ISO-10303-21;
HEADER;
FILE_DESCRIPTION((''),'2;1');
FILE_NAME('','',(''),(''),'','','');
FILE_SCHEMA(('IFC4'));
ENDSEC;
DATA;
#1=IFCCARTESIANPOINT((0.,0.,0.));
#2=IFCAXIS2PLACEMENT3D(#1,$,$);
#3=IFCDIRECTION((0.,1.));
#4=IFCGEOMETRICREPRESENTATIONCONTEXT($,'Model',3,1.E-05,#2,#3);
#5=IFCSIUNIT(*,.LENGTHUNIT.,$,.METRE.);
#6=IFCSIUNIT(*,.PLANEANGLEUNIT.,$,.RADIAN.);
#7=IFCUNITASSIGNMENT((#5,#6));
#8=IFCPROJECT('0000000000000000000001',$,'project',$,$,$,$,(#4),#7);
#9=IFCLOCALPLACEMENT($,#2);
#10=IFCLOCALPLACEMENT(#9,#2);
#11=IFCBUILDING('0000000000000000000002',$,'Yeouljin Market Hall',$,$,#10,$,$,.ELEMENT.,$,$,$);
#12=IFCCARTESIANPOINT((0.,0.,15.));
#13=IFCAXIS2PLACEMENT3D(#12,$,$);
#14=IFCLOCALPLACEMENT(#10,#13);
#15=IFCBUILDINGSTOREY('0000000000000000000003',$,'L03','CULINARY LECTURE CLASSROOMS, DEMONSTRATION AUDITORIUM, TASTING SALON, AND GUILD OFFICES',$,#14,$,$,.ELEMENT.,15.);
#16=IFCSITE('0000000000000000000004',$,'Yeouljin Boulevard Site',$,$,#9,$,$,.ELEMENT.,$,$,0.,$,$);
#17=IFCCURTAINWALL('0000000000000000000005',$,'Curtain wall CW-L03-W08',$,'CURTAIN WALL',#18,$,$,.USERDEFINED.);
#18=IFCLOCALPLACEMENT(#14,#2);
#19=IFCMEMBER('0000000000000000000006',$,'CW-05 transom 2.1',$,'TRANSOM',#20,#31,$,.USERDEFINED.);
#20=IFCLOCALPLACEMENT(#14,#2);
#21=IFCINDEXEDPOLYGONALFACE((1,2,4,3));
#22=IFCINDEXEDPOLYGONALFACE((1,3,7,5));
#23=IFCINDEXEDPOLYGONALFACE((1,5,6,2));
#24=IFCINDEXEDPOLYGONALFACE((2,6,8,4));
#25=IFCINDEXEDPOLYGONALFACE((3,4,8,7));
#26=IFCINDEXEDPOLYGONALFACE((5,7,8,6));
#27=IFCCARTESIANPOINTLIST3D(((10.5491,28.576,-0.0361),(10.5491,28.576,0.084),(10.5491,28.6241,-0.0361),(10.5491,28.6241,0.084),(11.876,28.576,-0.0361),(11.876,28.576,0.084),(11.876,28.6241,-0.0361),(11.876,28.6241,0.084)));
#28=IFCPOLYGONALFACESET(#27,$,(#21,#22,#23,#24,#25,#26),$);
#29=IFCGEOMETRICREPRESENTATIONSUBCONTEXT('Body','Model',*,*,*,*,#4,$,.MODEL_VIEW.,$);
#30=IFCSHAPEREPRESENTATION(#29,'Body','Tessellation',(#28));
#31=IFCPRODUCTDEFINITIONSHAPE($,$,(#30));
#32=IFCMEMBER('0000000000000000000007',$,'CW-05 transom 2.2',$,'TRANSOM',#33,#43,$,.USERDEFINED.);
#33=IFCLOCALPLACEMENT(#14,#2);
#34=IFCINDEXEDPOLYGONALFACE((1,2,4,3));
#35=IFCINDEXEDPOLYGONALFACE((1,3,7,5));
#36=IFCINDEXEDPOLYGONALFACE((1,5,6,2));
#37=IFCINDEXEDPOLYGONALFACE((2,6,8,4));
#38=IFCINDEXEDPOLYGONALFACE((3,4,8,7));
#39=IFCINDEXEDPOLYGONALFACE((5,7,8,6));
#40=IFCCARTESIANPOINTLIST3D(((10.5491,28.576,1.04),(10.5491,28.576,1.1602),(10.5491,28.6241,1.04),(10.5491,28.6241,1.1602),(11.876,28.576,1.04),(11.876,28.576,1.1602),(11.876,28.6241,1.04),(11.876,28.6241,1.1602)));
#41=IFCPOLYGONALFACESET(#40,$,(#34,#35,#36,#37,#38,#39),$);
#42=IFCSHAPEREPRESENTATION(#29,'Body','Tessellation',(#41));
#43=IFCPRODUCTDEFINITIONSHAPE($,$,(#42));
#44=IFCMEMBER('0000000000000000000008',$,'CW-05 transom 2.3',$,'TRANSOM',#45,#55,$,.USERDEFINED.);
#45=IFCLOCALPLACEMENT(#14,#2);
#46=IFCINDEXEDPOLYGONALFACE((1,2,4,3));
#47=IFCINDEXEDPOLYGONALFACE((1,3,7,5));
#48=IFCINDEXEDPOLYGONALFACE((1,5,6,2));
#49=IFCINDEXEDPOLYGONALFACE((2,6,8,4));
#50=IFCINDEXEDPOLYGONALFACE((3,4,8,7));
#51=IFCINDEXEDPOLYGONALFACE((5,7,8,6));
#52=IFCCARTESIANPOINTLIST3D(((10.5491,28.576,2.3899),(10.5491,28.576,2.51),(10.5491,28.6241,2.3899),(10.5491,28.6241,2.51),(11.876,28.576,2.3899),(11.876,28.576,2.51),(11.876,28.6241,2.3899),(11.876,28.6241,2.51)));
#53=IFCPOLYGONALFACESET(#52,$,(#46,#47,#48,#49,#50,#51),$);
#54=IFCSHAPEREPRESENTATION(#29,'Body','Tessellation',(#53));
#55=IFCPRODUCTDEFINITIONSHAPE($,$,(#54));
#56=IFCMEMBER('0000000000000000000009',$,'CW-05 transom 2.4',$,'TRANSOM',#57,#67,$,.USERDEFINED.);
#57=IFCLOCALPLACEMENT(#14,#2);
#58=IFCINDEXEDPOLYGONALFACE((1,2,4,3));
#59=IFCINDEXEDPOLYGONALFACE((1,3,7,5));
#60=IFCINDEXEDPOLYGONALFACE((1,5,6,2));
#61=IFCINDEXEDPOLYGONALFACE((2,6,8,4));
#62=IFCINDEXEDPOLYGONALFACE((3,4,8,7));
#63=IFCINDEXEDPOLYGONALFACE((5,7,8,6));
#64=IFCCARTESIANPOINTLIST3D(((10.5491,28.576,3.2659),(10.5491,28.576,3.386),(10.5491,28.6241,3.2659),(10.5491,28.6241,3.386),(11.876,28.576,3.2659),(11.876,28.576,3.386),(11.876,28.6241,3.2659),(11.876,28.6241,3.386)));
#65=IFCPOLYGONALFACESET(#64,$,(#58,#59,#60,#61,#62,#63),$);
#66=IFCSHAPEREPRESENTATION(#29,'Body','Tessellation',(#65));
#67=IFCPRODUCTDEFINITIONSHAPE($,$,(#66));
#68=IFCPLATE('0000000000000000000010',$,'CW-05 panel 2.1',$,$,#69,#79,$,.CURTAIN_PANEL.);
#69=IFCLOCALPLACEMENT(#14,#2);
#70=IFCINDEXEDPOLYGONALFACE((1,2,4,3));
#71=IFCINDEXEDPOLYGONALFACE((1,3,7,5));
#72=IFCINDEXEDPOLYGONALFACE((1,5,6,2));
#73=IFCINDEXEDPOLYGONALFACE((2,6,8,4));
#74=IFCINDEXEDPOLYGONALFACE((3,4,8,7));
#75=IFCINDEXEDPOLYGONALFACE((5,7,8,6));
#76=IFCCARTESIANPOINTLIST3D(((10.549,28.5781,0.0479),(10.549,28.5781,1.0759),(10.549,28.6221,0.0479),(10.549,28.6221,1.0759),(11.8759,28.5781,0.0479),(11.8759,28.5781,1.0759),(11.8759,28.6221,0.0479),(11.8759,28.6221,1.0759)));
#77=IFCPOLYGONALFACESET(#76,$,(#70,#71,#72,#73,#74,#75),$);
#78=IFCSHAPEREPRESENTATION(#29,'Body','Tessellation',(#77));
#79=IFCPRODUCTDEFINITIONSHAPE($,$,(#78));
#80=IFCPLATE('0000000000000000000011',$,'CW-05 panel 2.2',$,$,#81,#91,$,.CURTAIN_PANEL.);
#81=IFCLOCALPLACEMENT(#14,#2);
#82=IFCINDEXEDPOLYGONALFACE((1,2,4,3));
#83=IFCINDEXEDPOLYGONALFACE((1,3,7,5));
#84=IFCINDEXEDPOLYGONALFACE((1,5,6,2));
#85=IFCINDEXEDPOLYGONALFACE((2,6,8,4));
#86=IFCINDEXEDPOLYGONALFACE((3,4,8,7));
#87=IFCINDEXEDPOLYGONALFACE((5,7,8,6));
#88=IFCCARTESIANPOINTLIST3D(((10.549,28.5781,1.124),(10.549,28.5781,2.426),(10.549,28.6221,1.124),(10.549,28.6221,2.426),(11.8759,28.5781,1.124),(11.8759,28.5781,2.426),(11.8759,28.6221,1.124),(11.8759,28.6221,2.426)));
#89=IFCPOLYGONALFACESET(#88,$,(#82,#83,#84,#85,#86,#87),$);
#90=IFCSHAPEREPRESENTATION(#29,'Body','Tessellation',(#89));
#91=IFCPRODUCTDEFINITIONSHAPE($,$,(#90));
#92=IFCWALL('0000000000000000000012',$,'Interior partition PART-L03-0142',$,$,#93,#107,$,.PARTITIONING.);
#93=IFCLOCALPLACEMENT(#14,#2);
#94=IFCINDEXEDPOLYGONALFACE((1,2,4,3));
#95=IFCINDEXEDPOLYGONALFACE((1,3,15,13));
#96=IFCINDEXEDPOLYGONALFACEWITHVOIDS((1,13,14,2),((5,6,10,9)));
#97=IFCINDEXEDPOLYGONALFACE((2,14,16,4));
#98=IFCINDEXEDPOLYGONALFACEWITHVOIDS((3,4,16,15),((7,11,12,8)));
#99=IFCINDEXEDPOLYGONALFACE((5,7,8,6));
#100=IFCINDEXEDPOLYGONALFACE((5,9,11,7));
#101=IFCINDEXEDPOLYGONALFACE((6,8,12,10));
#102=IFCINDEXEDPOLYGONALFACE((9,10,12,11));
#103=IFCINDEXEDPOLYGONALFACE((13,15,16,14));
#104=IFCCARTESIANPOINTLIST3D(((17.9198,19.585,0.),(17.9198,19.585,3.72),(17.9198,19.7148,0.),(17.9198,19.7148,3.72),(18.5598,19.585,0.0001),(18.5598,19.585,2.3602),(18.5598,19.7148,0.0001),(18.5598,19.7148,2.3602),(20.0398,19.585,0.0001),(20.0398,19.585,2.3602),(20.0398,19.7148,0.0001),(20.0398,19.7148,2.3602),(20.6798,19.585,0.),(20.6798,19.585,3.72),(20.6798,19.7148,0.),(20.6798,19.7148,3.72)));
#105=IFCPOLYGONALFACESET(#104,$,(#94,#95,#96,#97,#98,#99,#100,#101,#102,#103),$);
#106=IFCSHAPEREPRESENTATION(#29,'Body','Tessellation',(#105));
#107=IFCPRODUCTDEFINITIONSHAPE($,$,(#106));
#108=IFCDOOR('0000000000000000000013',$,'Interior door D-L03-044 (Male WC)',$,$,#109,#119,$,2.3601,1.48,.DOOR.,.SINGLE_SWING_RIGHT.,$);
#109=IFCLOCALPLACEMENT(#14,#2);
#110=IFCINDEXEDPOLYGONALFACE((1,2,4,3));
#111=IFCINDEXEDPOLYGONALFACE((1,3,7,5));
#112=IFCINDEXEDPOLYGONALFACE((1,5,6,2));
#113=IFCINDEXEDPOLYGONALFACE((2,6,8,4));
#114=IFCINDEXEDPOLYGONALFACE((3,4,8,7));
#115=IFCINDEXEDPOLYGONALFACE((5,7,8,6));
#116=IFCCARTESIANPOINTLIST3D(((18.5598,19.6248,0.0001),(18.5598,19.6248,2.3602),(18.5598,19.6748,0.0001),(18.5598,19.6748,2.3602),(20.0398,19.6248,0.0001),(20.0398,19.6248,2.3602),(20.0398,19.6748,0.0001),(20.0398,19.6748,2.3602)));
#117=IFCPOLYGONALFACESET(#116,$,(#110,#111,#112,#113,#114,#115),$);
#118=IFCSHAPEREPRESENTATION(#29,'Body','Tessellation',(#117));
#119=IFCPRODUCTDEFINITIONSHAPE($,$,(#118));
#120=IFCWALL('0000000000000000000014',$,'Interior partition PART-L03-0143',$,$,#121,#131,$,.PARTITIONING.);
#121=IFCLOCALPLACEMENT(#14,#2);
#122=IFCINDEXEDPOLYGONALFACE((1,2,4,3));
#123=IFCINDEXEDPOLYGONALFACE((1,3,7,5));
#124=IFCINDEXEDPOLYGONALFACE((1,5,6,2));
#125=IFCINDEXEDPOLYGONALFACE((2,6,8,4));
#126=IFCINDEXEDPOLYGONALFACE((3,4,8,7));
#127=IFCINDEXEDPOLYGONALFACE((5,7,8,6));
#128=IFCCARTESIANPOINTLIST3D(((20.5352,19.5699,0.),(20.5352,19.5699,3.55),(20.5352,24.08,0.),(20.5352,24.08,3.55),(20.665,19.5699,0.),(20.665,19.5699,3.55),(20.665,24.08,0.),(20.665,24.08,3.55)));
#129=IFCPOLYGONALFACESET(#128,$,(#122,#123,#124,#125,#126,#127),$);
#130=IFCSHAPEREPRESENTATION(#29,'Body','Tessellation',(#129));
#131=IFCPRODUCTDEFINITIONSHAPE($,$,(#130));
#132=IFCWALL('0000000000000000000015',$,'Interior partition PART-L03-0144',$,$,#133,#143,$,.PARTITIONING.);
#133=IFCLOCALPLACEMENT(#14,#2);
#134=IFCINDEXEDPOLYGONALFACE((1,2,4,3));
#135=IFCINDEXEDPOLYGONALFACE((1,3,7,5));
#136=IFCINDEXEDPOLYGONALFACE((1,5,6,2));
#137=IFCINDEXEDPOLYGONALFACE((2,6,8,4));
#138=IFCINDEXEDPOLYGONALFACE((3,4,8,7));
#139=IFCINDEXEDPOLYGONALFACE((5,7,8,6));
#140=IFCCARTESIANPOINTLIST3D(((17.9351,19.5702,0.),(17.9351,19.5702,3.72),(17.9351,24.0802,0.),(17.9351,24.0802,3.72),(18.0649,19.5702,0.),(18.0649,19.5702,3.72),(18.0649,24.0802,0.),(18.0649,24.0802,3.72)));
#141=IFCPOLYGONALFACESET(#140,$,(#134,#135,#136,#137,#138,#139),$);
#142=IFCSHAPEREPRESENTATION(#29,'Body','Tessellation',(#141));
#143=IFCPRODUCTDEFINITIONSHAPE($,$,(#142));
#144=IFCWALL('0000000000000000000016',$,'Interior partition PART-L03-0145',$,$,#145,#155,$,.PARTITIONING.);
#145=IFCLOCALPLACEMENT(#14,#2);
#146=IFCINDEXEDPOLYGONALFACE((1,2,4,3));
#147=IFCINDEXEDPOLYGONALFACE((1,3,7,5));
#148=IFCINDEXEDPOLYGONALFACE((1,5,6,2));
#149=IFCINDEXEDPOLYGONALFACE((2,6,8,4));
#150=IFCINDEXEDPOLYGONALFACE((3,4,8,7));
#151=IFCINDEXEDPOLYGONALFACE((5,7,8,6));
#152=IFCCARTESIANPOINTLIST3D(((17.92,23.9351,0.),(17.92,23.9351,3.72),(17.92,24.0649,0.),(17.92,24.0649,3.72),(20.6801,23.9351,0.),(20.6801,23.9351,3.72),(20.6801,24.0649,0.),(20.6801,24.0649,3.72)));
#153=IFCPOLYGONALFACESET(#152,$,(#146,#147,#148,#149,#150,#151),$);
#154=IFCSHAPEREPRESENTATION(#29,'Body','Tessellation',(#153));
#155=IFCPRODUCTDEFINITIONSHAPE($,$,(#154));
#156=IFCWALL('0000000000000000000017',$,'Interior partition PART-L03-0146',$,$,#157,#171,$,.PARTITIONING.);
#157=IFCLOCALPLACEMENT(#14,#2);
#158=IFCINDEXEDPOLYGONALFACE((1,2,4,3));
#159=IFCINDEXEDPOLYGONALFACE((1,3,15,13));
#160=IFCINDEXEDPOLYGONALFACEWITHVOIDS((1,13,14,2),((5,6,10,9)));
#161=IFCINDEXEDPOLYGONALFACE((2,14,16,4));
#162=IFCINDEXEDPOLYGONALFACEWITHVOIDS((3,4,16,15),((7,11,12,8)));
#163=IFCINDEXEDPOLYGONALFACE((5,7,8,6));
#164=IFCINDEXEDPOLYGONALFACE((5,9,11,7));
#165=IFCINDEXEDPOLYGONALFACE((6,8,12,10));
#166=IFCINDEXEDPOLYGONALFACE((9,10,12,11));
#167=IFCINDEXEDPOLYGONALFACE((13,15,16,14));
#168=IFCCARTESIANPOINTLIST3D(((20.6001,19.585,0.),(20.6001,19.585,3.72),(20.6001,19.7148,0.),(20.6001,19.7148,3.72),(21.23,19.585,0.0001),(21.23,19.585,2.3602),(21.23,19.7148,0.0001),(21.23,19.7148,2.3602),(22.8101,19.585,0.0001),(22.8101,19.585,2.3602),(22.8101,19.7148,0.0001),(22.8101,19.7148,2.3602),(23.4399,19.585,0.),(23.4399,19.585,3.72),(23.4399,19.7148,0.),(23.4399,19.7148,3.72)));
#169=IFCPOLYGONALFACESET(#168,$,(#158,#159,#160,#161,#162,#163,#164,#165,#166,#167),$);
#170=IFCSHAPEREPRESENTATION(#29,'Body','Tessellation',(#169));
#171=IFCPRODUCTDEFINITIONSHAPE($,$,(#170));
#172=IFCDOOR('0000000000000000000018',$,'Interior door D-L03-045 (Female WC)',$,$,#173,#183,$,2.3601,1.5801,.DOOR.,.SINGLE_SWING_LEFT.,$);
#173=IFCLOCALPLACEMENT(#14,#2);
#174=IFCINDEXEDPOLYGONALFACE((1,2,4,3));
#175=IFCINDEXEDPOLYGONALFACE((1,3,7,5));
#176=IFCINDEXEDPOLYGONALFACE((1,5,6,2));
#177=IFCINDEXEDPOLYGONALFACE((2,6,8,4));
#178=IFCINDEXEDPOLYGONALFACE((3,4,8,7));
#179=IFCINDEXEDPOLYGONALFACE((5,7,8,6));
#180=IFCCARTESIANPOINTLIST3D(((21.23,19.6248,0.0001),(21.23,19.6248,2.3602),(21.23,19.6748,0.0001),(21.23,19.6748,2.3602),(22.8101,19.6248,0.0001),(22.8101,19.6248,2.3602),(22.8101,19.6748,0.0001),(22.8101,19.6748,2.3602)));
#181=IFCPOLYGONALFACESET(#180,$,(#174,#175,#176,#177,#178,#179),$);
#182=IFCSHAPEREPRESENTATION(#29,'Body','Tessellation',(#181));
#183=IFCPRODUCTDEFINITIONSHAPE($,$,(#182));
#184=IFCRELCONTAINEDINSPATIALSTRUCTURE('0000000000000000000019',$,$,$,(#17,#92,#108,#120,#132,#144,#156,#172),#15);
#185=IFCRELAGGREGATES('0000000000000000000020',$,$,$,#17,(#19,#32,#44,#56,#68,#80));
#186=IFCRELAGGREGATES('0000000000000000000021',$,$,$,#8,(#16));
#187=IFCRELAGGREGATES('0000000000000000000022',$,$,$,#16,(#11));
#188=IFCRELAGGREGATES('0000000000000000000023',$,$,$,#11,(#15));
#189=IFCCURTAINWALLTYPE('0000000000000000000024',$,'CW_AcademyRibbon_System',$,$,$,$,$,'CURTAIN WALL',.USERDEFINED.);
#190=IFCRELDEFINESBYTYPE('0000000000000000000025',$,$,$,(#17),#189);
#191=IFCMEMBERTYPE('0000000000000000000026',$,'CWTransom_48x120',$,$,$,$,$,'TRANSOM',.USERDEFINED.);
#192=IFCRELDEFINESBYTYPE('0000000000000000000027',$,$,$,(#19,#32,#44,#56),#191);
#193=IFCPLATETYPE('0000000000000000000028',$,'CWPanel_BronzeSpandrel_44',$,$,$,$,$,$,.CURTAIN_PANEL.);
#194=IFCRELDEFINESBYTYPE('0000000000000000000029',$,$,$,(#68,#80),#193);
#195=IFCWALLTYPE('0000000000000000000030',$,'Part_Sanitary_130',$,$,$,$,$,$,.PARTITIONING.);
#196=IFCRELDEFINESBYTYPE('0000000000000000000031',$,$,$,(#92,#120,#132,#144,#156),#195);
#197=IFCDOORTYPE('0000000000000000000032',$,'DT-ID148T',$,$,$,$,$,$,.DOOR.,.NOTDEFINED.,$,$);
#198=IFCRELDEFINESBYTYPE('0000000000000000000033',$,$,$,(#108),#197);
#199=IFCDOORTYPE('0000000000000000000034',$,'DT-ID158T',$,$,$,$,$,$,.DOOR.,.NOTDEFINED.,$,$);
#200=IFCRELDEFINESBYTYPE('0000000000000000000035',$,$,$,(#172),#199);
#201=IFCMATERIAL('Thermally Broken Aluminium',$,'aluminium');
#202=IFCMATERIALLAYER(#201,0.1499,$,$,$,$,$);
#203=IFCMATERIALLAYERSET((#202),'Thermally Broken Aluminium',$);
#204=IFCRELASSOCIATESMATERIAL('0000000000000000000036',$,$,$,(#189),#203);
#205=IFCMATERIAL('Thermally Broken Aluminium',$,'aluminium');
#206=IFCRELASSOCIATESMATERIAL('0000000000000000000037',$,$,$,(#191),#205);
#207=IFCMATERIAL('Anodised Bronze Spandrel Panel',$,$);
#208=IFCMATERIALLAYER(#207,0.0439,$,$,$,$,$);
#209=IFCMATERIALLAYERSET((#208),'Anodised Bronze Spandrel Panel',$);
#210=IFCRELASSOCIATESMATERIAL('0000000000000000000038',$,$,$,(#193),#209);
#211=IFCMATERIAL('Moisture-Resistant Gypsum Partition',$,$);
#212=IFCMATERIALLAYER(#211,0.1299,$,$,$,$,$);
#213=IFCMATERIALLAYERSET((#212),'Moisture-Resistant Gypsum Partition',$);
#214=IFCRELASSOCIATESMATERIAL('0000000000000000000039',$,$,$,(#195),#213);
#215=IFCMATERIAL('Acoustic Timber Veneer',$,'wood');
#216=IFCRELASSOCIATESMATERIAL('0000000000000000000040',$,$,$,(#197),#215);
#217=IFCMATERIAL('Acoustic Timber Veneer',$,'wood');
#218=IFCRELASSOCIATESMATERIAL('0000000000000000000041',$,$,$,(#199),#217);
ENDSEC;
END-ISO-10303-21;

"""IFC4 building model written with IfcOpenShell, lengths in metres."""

from ifc_helpers import new_model, si_unit, direction, frame, frame_2d, origin, origin_2d, place, context, subcontext, project, spatial, rectangle, extrude, material, layer, layer_set, material_profile, profile_set, type_object, element, fill, aggregate, save


model = new_model("IFC4")

# Units and contexts
model_context = context("Model", 3, precision=1e-05, world=origin(), true_north=direction((0.0, 1.0)))
body_context = subcontext(model_context, "Body", "Model", "MODEL_VIEW")
ifc_project = project(units=[si_unit("LENGTHUNIT", "METRE"), si_unit("PLANEANGLEUNIT", "RADIAN")], contexts=[model_context])

# Site, building, storey
site_placement = place(None, origin())
site = spatial("IfcSite", under=ifc_project, at=site_placement, Name="Yeouljin Boulevard Site", CompositionType="ELEMENT", RefElevation=0.0)
building_placement = place(site_placement, origin())
building = spatial("IfcBuilding", under=site, at=building_placement, Name="Yeouljin Market Hall", CompositionType="ELEMENT")
storey_placement = place(building_placement, frame((0.0, 0.0, 15.0)))
storey = spatial("IfcBuildingStorey", under=building, at=storey_placement, Name="L03", Description="CULINARY LECTURE CLASSROOMS, DEMONSTRATION AUDITORIUM, TASTING SALON, AND GUILD OFFICES", CompositionType="ELEMENT", Elevation=15.0)

# Curtain wall, members, plates
ifc_material_1 = material(Name="Thermally Broken Aluminium", Category="aluminium")
ifc_layer_1 = layer(ifc_material_1, 0.1499)
ifc_layer_set_1 = layer_set([ifc_layer_1], Name="Thermally Broken Aluminium")
curtain_wall_type = type_object("IfcCurtainWallType", Name="CW_AcademyRibbon_System", ElementType="CURTAIN WALL", PredefinedType="USERDEFINED", material=ifc_layer_set_1)
curtain_wall_placement = place(storey_placement, origin())
curtain_wall = element("IfcCurtainWall", 1, at=curtain_wall_placement, inside=storey, type_object=curtain_wall_type, Name="Curtain wall CW-L03-W08", ObjectType="CURTAIN WALL", PredefinedType="USERDEFINED")
ifc_material_2 = material(Name="Thermally Broken Aluminium", Category="aluminium")
ifc_material_profile = material_profile(ifc_material_2, rectangle(XDim=0.0481, YDim=0.1201, at=origin_2d()), Name="CW-TRAN-48x120")
ifc_profile_set = profile_set([ifc_material_profile], Name="Thermally Broken Aluminium")
member_type = type_object("IfcMemberType", Name="CWTransom_48x120", ElementType="TRANSOM", PredefinedType="USERDEFINED", material=ifc_profile_set)
member_1_placement = place(storey_placement, frame((10.5491, 28.6001, 0.0239), z_axis=(1.0, 0.0, 0.0), x_axis=(0.0, 1.0, 0.0)))
member_1 = element("IfcMember", 2, at=member_1_placement, type_object=member_type, Name="CW-05 transom 2.1", ObjectType="TRANSOM", PredefinedType="USERDEFINED", context=body_context, shape_type="SweptSolid", body=[
    extrude(rectangle(XDim=0.0481, YDim=0.1201, at=origin_2d()), origin(), (0.0, 0.0, 1.0), 1.3269),
])
member_2_placement = place(storey_placement, frame((10.5491, 28.6001, 1.1001), z_axis=(1.0, 0.0, 0.0), x_axis=(0.0, 1.0, 0.0)))
member_2 = element("IfcMember", 3, at=member_2_placement, type_object=member_type, Name="CW-05 transom 2.2", ObjectType="TRANSOM", PredefinedType="USERDEFINED", context=body_context, shape_type="SweptSolid", body=[
    extrude(rectangle(XDim=0.0481, YDim=0.1201, at=origin_2d()), origin(), (0.0, 0.0, 1.0), 1.3269),
])
member_3_placement = place(storey_placement, frame((10.5491, 28.6001, 2.45), z_axis=(1.0, 0.0, 0.0), x_axis=(0.0, 1.0, 0.0)))
member_3 = element("IfcMember", 4, at=member_3_placement, type_object=member_type, Name="CW-05 transom 2.3", ObjectType="TRANSOM", PredefinedType="USERDEFINED", context=body_context, shape_type="SweptSolid", body=[
    extrude(rectangle(XDim=0.0481, YDim=0.1201, at=origin_2d()), origin(), (0.0, 0.0, 1.0), 1.3269),
])
member_4_placement = place(storey_placement, frame((10.5491, 28.6001, 3.3259), z_axis=(1.0, 0.0, 0.0), x_axis=(0.0, 1.0, 0.0)))
member_4 = element("IfcMember", 5, at=member_4_placement, type_object=member_type, Name="CW-05 transom 2.4", ObjectType="TRANSOM", PredefinedType="USERDEFINED", context=body_context, shape_type="SweptSolid", body=[
    extrude(rectangle(XDim=0.0481, YDim=0.1201, at=origin_2d()), origin(), (0.0, 0.0, 1.0), 1.3269),
])
ifc_material_3 = material(Name="Anodised Bronze Spandrel Panel")
ifc_layer_2 = layer(ifc_material_3, 0.0439)
ifc_layer_set_2 = layer_set([ifc_layer_2], Name="Anodised Bronze Spandrel Panel")
plate_type = type_object("IfcPlateType", Name="CWPanel_BronzeSpandrel_44", PredefinedType="CURTAIN_PANEL", material=ifc_layer_set_2)
plate_1_placement = place(storey_placement, frame((11.2124, 28.6001, 0.0479), z_axis=(0.0, 0.0, 1.0), x_axis=(1.0, 0.0, 0.0)))
plate_1 = element("IfcPlate", 6, at=plate_1_placement, type_object=plate_type, Name="CW-05 panel 2.1", PredefinedType="CURTAIN_PANEL", context=body_context, shape_type="SweptSolid", body=[
    extrude(rectangle(XDim=1.3269, YDim=0.0439, at=origin_2d()), origin(), (0.0, 0.0, 1.0), 1.0281),
])
plate_2_placement = place(storey_placement, frame((11.2124, 28.6001, 1.124), z_axis=(0.0, 0.0, 1.0), x_axis=(1.0, 0.0, 0.0)))
plate_2 = element("IfcPlate", 7, at=plate_2_placement, type_object=plate_type, Name="CW-05 panel 2.2", PredefinedType="CURTAIN_PANEL", context=body_context, shape_type="SweptSolid", body=[
    extrude(rectangle(XDim=1.3269, YDim=0.0439, at=origin_2d()), origin(), (0.0, 0.0, 1.0), 1.302),
])
aggregate(curtain_wall, [member_1, member_2, member_3, member_4, plate_1, plate_2])

# Wall, opening, door
ifc_material_4 = material(Name="Moisture-Resistant Gypsum Partition")
ifc_layer_3 = layer(ifc_material_4, 0.1299)
ifc_layer_set_3 = layer_set([ifc_layer_3], Name="Moisture-Resistant Gypsum Partition")
wall_type_1 = type_object("IfcWallType", Name="Part_Sanitary_130", PredefinedType="PARTITIONING", material=ifc_layer_set_3)
wall_1_placement = place(storey_placement, frame((17.9199, 19.6499, 0.0), z_axis=(0.0, 0.0, 1.0), x_axis=(1.0, 0.0, 0.0)))
wall_1 = element("IfcWall", 8, at=wall_1_placement, inside=storey, type_object=wall_type_1, Name="Interior partition PART-L03-0142", PredefinedType="PARTITIONING", context=body_context, shape_type="SweptSolid", body=[
    extrude(rectangle(XDim=2.76, YDim=0.1299, at=frame_2d((1.3799, 0.0))), origin(), (0.0, 0.0, 1.0), 3.72),
])
opening_1_placement = place(wall_1_placement, frame((0.6399, 0.0, 0.0)))
opening_1 = element("IfcOpeningElement", 9, at=opening_1_placement, cuts=wall_1, PredefinedType="OPENING", context=body_context, shape_type="SweptSolid", body=[
    extrude(rectangle(XDim=1.48, YDim=2.3601, at=frame_2d((0.74, 1.1802))), frame((0.0, 0.075, 0.0), z_axis=(0.0, -1.0, 0.0), x_axis=(1.0, 0.0, 0.0)), (0.0, 0.0, 1.0), 0.1499),
])
ifc_material_5 = material(Name="Acoustic Timber Veneer", Category="wood")
door_type_1 = type_object("IfcDoorType", Name="DT-ID148T", OperationType="NOTDEFINED", PredefinedType="DOOR", material=ifc_material_5)
door_1_placement = place(opening_1_placement, origin())
door_1 = element("IfcDoor", 10, at=door_1_placement, inside=storey, type_object=door_type_1, Name="Interior door D-L03-044 (Male WC)", OperationType="SINGLE_SWING_RIGHT", OverallHeight=2.3601, OverallWidth=1.48, PredefinedType="DOOR", context=body_context, shape_type="SweptSolid", body=[
    extrude(rectangle(XDim=1.48, YDim=2.3601, at=frame_2d((0.74, 1.1802))), frame((0.0, 0.0249, 0.0), z_axis=(0.0, -1.0, 0.0), x_axis=(1.0, 0.0, 0.0)), (0.0, 0.0, 1.0), 0.05),
])
fill(opening_1, door_1)

# Walls
wall_2_placement = place(storey_placement, frame((20.6001, 19.5701, 0.0), z_axis=(0.0, 0.0, 1.0), x_axis=(0.0, 1.0, 0.0)))
element("IfcWall", 11, at=wall_2_placement, inside=storey, type_object=wall_type_1, Name="Interior partition PART-L03-0143", PredefinedType="PARTITIONING", context=body_context, shape_type="SweptSolid", body=[
    extrude(rectangle(XDim=4.51, YDim=0.1299, at=frame_2d((2.2549, 0.0))), origin(), (0.0, 0.0, 1.0), 3.55),
])
wall_3_placement = place(storey_placement, frame((18.0, 24.0801, 0.0), z_axis=(0.0, 0.0, 1.0), x_axis=(0.0, -1.0, 0.0)))
element("IfcWall", 12, at=wall_3_placement, inside=storey, type_object=wall_type_1, Name="Interior partition PART-L03-0144", PredefinedType="PARTITIONING", context=body_context, shape_type="SweptSolid", body=[
    extrude(rectangle(XDim=4.51, YDim=0.1299, at=frame_2d((2.2549, 0.0))), origin(), (0.0, 0.0, 1.0), 3.72),
])
wall_4_placement = place(storey_placement, frame((20.6799, 24.0, 0.0), z_axis=(0.0, 0.0, 1.0), x_axis=(-1.0, 0.0, 0.0)))
element("IfcWall", 13, at=wall_4_placement, inside=storey, type_object=wall_type_1, Name="Interior partition PART-L03-0145", PredefinedType="PARTITIONING", context=body_context, shape_type="SweptSolid", body=[
    extrude(rectangle(XDim=2.76, YDim=0.1299, at=frame_2d((1.3799, 0.0))), origin(), (0.0, 0.0, 1.0), 3.72),
])

# Wall, opening, door
wall_5_placement = place(storey_placement, frame((20.6001, 19.6499, 0.0), z_axis=(0.0, 0.0, 1.0), x_axis=(1.0, 0.0, 0.0)))
wall_5 = element("IfcWall", 14, at=wall_5_placement, inside=storey, type_object=wall_type_1, Name="Interior partition PART-L03-0146", PredefinedType="PARTITIONING", context=body_context, shape_type="SweptSolid", body=[
    extrude(rectangle(XDim=2.8398, YDim=0.1299, at=frame_2d((1.4199, 0.0))), origin(), (0.0, 0.0, 1.0), 3.72),
])
opening_2_placement = place(wall_5_placement, frame((0.6299, 0.0, 0.0)))
opening_2 = element("IfcOpeningElement", 15, at=opening_2_placement, cuts=wall_5, PredefinedType="OPENING", context=body_context, shape_type="SweptSolid", body=[
    extrude(rectangle(XDim=1.5801, YDim=2.3601, at=frame_2d((0.79, 1.1802))), frame((0.0, 0.075, 0.0), z_axis=(0.0, -1.0, 0.0), x_axis=(1.0, 0.0, 0.0)), (0.0, 0.0, 1.0), 0.1499),
])
ifc_material_6 = material(Name="Acoustic Timber Veneer", Category="wood")
door_type_2 = type_object("IfcDoorType", Name="DT-ID158T", OperationType="NOTDEFINED", PredefinedType="DOOR", material=ifc_material_6)
door_2_placement = place(opening_2_placement, origin())
door_2 = element("IfcDoor", 16, at=door_2_placement, inside=storey, type_object=door_type_2, Name="Interior door D-L03-045 (Female WC)", OperationType="SINGLE_SWING_LEFT", OverallHeight=2.3601, OverallWidth=1.5801, PredefinedType="DOOR", context=body_context, shape_type="SweptSolid", body=[
    extrude(rectangle(XDim=1.5801, YDim=2.3601, at=frame_2d((0.79, 1.1802))), frame((0.0, 0.0249, 0.0), z_axis=(0.0, -1.0, 0.0), x_axis=(1.0, 0.0, 0.0)), (0.0, 0.0, 1.0), 0.05),
])
fill(opening_2, door_2)

save(model, "model.ifc")
